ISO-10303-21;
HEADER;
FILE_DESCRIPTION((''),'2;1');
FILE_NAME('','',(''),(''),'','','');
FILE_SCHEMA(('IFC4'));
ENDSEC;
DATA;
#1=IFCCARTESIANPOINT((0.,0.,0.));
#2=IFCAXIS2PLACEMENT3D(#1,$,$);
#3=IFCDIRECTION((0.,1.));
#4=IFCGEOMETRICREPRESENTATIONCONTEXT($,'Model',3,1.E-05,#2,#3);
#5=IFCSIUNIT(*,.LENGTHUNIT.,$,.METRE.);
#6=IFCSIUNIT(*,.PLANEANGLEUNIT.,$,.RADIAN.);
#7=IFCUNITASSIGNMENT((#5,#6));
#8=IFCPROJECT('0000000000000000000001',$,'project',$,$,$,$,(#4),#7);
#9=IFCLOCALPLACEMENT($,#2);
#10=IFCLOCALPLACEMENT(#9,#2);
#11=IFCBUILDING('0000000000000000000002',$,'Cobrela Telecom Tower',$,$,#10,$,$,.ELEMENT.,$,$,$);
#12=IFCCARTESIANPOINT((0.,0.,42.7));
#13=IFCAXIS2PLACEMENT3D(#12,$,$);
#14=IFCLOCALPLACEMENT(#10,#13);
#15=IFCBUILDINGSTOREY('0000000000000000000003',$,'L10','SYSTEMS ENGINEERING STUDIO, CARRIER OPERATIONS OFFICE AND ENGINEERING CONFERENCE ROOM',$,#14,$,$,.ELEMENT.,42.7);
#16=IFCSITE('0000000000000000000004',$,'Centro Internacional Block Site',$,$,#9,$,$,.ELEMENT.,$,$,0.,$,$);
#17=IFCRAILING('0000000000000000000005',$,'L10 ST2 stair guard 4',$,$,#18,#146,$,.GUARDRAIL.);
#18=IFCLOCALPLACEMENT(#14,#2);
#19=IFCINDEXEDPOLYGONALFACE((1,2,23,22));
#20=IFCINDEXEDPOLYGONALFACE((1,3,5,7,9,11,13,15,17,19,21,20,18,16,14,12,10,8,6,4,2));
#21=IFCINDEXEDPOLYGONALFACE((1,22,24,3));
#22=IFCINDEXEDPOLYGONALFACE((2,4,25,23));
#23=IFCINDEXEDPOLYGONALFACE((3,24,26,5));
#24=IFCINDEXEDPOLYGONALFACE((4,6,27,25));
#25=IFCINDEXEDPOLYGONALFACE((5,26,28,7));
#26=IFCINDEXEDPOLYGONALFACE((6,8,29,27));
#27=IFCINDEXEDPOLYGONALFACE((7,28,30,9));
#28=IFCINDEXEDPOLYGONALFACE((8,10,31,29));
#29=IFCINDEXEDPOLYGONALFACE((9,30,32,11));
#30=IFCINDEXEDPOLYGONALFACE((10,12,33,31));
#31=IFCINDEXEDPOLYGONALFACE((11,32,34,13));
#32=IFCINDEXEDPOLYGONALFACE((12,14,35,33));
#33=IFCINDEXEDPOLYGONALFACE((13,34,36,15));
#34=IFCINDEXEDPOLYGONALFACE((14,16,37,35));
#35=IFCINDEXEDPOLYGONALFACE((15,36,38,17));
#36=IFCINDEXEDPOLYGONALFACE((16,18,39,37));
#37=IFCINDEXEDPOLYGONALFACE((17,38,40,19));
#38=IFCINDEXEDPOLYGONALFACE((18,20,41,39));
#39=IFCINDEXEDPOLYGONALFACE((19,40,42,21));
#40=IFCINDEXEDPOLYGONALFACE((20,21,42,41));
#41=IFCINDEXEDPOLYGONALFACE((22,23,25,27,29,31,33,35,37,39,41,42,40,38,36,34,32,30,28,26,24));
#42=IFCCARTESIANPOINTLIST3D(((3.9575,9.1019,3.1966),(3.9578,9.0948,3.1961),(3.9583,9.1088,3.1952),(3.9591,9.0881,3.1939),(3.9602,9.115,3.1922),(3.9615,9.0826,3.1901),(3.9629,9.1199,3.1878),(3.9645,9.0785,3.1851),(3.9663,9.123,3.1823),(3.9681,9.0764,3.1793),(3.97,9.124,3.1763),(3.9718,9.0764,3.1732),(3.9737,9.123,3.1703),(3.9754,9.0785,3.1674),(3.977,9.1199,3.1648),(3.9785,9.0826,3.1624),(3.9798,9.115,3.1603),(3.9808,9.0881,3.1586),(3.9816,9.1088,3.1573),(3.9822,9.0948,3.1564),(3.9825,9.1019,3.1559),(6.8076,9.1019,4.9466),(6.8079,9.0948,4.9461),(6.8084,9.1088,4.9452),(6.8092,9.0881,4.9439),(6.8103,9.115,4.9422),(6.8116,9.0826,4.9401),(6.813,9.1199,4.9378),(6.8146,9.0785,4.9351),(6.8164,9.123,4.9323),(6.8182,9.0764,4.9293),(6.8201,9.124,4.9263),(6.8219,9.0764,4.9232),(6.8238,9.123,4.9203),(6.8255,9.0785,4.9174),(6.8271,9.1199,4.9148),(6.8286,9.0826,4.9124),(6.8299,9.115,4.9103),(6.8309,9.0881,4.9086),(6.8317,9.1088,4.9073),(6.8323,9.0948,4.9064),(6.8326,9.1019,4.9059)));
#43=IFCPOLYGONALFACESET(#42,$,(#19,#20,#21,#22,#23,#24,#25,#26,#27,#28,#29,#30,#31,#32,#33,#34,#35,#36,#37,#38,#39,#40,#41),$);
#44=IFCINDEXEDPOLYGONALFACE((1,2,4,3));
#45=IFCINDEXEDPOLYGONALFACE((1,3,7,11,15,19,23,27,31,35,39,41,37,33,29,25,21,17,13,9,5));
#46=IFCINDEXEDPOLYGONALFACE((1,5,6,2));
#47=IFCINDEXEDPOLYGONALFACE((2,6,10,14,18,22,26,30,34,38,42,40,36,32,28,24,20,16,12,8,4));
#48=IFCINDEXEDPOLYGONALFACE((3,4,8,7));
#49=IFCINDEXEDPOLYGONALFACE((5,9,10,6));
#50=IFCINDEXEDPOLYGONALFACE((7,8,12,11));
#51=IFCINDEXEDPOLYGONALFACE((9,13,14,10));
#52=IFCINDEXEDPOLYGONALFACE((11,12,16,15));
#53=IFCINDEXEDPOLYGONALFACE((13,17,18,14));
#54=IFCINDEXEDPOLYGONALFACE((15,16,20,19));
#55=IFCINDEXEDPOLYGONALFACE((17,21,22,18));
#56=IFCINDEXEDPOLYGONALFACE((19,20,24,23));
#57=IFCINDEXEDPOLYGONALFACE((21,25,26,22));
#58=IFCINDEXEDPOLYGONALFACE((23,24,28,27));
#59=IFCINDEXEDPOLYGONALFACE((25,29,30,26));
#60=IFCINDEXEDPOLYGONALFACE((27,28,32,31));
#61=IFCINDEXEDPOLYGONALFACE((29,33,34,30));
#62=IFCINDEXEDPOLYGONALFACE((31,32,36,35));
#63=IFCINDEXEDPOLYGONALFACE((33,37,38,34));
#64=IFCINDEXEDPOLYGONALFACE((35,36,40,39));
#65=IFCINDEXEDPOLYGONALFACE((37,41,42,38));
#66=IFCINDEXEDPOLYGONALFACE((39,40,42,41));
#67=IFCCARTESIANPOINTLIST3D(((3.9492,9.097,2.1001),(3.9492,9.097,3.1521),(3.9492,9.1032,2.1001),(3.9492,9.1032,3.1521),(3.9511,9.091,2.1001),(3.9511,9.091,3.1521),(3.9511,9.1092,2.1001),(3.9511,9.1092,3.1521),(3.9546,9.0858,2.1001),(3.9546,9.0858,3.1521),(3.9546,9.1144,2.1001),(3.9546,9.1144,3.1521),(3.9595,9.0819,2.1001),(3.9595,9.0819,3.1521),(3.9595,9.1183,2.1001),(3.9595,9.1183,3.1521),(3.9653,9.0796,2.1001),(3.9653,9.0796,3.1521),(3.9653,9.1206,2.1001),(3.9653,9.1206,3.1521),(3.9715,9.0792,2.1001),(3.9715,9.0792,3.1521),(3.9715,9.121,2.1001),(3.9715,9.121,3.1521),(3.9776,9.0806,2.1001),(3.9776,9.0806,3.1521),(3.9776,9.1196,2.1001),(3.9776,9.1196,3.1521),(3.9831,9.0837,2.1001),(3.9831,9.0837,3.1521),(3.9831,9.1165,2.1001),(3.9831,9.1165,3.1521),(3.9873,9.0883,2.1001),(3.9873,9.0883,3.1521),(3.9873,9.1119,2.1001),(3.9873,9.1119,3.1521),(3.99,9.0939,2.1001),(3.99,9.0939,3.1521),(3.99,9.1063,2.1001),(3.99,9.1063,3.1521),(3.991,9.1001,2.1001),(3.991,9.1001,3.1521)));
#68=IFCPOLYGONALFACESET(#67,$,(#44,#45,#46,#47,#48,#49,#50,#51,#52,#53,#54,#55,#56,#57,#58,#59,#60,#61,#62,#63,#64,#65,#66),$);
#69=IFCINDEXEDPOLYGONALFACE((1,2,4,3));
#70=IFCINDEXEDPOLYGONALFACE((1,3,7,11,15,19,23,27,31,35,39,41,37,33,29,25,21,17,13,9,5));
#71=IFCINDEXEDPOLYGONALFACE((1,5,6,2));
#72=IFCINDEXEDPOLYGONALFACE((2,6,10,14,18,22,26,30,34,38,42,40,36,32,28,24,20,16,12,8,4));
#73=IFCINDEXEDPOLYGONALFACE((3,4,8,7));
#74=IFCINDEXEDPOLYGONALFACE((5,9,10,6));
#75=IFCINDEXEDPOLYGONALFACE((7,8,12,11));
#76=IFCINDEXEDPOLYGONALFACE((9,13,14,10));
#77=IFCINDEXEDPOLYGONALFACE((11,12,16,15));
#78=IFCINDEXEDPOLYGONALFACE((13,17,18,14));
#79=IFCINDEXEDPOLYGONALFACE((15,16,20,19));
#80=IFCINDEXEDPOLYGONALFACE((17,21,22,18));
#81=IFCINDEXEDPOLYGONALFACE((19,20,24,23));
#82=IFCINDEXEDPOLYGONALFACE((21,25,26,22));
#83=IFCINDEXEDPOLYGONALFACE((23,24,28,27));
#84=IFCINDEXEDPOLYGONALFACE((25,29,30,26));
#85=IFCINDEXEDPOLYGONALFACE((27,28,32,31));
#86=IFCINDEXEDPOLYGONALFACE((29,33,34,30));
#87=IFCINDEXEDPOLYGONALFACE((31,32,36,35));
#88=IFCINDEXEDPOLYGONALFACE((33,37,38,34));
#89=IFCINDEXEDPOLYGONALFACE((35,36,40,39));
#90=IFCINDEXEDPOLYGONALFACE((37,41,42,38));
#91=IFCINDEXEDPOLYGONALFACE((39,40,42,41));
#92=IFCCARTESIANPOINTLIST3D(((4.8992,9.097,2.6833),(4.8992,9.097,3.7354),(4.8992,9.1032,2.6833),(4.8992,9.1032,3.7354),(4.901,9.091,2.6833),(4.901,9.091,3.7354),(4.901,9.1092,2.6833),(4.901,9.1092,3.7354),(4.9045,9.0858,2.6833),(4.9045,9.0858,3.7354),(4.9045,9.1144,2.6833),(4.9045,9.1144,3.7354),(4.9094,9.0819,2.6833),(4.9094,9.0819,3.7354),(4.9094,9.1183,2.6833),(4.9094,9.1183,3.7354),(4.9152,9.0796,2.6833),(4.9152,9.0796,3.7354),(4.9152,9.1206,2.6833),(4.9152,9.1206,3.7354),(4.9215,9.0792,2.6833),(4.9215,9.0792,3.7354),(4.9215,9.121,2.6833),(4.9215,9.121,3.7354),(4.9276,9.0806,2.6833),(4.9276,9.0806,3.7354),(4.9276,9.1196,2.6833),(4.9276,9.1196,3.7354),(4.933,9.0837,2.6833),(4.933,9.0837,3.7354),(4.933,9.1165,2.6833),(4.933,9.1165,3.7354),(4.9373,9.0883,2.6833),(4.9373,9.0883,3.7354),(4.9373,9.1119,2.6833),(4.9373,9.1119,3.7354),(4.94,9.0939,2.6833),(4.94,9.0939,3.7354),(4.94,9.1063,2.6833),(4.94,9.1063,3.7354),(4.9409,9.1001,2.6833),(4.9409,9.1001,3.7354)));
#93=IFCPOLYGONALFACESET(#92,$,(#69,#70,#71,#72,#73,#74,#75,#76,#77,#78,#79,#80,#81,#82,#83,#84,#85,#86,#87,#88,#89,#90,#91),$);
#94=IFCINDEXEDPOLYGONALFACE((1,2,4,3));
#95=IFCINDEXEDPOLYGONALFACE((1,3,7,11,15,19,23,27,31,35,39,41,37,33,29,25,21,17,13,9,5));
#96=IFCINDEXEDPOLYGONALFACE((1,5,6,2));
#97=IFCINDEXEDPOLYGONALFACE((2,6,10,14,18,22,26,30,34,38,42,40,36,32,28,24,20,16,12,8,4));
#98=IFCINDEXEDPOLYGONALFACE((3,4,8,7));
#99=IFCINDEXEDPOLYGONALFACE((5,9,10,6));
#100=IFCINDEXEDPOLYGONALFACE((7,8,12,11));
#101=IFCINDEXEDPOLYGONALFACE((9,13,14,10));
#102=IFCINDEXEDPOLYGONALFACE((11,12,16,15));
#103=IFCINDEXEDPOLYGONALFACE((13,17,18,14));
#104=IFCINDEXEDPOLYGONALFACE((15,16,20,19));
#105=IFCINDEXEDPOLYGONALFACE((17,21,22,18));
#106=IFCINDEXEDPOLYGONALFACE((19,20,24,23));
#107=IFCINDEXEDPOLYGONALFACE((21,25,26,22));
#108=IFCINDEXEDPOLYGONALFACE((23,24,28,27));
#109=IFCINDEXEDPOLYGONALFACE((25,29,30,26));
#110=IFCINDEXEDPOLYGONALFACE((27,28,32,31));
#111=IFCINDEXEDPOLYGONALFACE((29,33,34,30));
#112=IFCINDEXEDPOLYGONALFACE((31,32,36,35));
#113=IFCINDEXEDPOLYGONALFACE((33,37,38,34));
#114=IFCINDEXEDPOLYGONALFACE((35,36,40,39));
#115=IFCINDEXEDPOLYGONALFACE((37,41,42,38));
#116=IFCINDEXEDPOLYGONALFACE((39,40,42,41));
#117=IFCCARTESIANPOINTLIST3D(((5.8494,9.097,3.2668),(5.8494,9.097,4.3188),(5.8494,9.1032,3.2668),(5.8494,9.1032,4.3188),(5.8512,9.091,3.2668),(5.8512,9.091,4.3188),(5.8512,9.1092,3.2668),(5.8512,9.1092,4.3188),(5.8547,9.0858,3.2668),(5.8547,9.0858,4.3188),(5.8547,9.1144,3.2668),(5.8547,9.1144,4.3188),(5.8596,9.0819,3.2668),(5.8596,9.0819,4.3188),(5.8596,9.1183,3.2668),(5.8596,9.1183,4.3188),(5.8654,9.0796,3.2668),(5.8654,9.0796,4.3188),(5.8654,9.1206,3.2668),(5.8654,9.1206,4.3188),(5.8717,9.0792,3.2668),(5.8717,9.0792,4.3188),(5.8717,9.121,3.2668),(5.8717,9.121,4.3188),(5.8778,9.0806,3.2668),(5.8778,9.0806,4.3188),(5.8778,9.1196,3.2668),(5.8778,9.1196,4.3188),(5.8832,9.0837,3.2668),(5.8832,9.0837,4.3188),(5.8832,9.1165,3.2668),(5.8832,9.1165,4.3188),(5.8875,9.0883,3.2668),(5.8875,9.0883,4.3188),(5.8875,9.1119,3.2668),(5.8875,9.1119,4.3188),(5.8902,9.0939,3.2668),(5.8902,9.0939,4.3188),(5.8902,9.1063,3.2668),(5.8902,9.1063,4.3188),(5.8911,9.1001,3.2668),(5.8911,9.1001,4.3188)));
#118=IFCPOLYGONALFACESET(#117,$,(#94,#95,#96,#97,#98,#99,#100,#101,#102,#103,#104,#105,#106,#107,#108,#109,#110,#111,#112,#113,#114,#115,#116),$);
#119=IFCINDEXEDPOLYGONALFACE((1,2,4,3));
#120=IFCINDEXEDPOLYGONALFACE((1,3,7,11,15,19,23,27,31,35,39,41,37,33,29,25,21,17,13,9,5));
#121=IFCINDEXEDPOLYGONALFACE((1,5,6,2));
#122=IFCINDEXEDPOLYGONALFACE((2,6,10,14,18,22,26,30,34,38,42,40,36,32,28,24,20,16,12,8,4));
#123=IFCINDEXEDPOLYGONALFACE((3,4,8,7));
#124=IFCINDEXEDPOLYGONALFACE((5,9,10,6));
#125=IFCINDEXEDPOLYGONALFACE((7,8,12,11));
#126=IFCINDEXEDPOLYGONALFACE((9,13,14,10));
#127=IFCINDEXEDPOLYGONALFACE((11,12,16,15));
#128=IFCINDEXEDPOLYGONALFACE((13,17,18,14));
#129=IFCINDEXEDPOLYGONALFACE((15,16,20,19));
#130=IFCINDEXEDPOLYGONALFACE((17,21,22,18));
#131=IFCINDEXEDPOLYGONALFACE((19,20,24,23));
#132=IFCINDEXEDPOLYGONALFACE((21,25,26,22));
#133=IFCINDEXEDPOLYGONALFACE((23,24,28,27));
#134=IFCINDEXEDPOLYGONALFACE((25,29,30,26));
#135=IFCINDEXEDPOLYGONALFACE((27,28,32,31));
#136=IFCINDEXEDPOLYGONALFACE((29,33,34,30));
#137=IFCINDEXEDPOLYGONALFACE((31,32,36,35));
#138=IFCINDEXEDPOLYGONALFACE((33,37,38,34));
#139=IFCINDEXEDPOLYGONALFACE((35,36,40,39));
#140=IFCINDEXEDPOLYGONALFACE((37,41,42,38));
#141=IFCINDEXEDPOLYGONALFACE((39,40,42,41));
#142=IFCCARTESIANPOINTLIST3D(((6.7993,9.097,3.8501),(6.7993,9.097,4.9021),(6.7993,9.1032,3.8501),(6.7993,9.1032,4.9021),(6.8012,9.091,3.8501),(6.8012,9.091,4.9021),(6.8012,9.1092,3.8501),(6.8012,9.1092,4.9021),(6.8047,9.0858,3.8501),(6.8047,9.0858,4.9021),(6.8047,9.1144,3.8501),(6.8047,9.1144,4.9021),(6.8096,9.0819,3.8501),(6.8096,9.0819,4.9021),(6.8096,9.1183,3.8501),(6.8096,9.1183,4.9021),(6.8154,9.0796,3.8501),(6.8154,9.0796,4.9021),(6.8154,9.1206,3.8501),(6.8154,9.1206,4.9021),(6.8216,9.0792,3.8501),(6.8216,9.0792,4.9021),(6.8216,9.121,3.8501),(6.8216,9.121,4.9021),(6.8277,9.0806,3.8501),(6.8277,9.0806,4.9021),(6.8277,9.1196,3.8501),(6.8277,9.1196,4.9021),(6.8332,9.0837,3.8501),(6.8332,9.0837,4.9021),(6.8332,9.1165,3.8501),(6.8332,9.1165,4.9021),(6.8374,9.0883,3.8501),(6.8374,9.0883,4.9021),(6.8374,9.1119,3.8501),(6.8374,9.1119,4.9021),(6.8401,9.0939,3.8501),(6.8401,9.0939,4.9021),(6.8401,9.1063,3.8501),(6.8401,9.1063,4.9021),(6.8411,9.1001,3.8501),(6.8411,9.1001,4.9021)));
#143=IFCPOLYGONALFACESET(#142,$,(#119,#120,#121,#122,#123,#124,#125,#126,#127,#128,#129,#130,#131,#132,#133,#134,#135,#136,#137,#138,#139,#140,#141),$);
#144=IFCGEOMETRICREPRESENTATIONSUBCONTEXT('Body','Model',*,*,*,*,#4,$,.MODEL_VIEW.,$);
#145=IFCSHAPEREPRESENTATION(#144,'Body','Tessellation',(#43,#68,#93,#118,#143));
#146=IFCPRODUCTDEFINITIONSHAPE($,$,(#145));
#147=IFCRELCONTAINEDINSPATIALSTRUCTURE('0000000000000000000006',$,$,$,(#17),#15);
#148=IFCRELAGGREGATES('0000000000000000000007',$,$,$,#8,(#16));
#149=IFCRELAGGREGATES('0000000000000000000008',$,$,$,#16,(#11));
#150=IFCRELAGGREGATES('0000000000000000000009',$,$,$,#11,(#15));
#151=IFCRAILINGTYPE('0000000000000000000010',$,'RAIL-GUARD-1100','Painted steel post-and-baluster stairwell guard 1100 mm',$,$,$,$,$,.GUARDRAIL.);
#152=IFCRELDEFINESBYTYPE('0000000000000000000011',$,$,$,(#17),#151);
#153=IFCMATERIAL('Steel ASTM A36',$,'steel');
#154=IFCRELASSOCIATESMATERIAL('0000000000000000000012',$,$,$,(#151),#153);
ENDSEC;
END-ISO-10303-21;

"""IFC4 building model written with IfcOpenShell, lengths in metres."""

from ifc_helpers import new_model, si_unit, direction, frame, origin, origin_2d, place, context, subcontext, project, spatial, circle, extrude, material, type_object, element, save


model = new_model("IFC4")

# Units and contexts
model_context = context("Model", 3, precision=1e-05, world=origin(), true_north=direction((0.0, 1.0)))
body_context = subcontext(model_context, "Body", "Model", "MODEL_VIEW")
ifc_project = project(units=[si_unit("LENGTHUNIT", "METRE"), si_unit("PLANEANGLEUNIT", "RADIAN")], contexts=[model_context])

# Site, building, storey
site_placement = place(None, origin())
site = spatial("IfcSite", under=ifc_project, at=site_placement, Name="Centro Internacional Block Site", CompositionType="ELEMENT", RefElevation=0.0)
building_placement = place(site_placement, origin())
building = spatial("IfcBuilding", under=site, at=building_placement, Name="Cobrela Telecom Tower", CompositionType="ELEMENT")
storey_placement = place(building_placement, frame((0.0, 0.0, 42.7)))
storey = spatial("IfcBuildingStorey", under=building, at=storey_placement, Name="L10", Description="SYSTEMS ENGINEERING STUDIO, CARRIER OPERATIONS OFFICE AND ENGINEERING CONFERENCE ROOM", CompositionType="ELEMENT", Elevation=42.7)

# Railing
ifc_material_1 = material(Name="Steel ASTM A36", Category="steel")
railing_type_1 = type_object("IfcRailingType", Name="RAIL-GUARD-1100", Description="Painted steel post-and-baluster stairwell guard 1100 mm", PredefinedType="GUARDRAIL", material=ifc_material_1)
railing_1_placement = place(storey_placement, frame((3.97, 9.1001, 2.1001)))
element("IfcRailing", 1, at=railing_1_placement, inside=storey, type_object=railing_type_1, Name="L10 ST2 stair guard 4", PredefinedType="GUARDRAIL", context=body_context, shape_type="SweptSolid", body=[
    extrude(circle(Radius=0.0239, at=origin_2d()), frame((0.0, 0.0, 1.0762), z_axis=(0.852179, 0.0, 0.52325), x_axis=(0.0, 1.0, 0.0)), (0.0, 0.0, 1.0), 3.3445),
    extrude(circle(Radius=0.021, at=origin_2d()), origin(), (0.0, 0.0, 1.0), 1.052),
    extrude(circle(Radius=0.021, at=origin_2d()), frame((0.95, 0.0, 0.5833)), (0.0, 0.0, 1.0), 1.052),
    extrude(circle(Radius=0.021, at=origin_2d()), frame((1.9001, 0.0, 1.1667)), (0.0, 0.0, 1.0), 1.052),
    extrude(circle(Radius=0.021, at=origin_2d()), frame((2.8501, 0.0, 1.75)), (0.0, 0.0, 1.0), 1.052),
])

save(model, "model.ifc")
